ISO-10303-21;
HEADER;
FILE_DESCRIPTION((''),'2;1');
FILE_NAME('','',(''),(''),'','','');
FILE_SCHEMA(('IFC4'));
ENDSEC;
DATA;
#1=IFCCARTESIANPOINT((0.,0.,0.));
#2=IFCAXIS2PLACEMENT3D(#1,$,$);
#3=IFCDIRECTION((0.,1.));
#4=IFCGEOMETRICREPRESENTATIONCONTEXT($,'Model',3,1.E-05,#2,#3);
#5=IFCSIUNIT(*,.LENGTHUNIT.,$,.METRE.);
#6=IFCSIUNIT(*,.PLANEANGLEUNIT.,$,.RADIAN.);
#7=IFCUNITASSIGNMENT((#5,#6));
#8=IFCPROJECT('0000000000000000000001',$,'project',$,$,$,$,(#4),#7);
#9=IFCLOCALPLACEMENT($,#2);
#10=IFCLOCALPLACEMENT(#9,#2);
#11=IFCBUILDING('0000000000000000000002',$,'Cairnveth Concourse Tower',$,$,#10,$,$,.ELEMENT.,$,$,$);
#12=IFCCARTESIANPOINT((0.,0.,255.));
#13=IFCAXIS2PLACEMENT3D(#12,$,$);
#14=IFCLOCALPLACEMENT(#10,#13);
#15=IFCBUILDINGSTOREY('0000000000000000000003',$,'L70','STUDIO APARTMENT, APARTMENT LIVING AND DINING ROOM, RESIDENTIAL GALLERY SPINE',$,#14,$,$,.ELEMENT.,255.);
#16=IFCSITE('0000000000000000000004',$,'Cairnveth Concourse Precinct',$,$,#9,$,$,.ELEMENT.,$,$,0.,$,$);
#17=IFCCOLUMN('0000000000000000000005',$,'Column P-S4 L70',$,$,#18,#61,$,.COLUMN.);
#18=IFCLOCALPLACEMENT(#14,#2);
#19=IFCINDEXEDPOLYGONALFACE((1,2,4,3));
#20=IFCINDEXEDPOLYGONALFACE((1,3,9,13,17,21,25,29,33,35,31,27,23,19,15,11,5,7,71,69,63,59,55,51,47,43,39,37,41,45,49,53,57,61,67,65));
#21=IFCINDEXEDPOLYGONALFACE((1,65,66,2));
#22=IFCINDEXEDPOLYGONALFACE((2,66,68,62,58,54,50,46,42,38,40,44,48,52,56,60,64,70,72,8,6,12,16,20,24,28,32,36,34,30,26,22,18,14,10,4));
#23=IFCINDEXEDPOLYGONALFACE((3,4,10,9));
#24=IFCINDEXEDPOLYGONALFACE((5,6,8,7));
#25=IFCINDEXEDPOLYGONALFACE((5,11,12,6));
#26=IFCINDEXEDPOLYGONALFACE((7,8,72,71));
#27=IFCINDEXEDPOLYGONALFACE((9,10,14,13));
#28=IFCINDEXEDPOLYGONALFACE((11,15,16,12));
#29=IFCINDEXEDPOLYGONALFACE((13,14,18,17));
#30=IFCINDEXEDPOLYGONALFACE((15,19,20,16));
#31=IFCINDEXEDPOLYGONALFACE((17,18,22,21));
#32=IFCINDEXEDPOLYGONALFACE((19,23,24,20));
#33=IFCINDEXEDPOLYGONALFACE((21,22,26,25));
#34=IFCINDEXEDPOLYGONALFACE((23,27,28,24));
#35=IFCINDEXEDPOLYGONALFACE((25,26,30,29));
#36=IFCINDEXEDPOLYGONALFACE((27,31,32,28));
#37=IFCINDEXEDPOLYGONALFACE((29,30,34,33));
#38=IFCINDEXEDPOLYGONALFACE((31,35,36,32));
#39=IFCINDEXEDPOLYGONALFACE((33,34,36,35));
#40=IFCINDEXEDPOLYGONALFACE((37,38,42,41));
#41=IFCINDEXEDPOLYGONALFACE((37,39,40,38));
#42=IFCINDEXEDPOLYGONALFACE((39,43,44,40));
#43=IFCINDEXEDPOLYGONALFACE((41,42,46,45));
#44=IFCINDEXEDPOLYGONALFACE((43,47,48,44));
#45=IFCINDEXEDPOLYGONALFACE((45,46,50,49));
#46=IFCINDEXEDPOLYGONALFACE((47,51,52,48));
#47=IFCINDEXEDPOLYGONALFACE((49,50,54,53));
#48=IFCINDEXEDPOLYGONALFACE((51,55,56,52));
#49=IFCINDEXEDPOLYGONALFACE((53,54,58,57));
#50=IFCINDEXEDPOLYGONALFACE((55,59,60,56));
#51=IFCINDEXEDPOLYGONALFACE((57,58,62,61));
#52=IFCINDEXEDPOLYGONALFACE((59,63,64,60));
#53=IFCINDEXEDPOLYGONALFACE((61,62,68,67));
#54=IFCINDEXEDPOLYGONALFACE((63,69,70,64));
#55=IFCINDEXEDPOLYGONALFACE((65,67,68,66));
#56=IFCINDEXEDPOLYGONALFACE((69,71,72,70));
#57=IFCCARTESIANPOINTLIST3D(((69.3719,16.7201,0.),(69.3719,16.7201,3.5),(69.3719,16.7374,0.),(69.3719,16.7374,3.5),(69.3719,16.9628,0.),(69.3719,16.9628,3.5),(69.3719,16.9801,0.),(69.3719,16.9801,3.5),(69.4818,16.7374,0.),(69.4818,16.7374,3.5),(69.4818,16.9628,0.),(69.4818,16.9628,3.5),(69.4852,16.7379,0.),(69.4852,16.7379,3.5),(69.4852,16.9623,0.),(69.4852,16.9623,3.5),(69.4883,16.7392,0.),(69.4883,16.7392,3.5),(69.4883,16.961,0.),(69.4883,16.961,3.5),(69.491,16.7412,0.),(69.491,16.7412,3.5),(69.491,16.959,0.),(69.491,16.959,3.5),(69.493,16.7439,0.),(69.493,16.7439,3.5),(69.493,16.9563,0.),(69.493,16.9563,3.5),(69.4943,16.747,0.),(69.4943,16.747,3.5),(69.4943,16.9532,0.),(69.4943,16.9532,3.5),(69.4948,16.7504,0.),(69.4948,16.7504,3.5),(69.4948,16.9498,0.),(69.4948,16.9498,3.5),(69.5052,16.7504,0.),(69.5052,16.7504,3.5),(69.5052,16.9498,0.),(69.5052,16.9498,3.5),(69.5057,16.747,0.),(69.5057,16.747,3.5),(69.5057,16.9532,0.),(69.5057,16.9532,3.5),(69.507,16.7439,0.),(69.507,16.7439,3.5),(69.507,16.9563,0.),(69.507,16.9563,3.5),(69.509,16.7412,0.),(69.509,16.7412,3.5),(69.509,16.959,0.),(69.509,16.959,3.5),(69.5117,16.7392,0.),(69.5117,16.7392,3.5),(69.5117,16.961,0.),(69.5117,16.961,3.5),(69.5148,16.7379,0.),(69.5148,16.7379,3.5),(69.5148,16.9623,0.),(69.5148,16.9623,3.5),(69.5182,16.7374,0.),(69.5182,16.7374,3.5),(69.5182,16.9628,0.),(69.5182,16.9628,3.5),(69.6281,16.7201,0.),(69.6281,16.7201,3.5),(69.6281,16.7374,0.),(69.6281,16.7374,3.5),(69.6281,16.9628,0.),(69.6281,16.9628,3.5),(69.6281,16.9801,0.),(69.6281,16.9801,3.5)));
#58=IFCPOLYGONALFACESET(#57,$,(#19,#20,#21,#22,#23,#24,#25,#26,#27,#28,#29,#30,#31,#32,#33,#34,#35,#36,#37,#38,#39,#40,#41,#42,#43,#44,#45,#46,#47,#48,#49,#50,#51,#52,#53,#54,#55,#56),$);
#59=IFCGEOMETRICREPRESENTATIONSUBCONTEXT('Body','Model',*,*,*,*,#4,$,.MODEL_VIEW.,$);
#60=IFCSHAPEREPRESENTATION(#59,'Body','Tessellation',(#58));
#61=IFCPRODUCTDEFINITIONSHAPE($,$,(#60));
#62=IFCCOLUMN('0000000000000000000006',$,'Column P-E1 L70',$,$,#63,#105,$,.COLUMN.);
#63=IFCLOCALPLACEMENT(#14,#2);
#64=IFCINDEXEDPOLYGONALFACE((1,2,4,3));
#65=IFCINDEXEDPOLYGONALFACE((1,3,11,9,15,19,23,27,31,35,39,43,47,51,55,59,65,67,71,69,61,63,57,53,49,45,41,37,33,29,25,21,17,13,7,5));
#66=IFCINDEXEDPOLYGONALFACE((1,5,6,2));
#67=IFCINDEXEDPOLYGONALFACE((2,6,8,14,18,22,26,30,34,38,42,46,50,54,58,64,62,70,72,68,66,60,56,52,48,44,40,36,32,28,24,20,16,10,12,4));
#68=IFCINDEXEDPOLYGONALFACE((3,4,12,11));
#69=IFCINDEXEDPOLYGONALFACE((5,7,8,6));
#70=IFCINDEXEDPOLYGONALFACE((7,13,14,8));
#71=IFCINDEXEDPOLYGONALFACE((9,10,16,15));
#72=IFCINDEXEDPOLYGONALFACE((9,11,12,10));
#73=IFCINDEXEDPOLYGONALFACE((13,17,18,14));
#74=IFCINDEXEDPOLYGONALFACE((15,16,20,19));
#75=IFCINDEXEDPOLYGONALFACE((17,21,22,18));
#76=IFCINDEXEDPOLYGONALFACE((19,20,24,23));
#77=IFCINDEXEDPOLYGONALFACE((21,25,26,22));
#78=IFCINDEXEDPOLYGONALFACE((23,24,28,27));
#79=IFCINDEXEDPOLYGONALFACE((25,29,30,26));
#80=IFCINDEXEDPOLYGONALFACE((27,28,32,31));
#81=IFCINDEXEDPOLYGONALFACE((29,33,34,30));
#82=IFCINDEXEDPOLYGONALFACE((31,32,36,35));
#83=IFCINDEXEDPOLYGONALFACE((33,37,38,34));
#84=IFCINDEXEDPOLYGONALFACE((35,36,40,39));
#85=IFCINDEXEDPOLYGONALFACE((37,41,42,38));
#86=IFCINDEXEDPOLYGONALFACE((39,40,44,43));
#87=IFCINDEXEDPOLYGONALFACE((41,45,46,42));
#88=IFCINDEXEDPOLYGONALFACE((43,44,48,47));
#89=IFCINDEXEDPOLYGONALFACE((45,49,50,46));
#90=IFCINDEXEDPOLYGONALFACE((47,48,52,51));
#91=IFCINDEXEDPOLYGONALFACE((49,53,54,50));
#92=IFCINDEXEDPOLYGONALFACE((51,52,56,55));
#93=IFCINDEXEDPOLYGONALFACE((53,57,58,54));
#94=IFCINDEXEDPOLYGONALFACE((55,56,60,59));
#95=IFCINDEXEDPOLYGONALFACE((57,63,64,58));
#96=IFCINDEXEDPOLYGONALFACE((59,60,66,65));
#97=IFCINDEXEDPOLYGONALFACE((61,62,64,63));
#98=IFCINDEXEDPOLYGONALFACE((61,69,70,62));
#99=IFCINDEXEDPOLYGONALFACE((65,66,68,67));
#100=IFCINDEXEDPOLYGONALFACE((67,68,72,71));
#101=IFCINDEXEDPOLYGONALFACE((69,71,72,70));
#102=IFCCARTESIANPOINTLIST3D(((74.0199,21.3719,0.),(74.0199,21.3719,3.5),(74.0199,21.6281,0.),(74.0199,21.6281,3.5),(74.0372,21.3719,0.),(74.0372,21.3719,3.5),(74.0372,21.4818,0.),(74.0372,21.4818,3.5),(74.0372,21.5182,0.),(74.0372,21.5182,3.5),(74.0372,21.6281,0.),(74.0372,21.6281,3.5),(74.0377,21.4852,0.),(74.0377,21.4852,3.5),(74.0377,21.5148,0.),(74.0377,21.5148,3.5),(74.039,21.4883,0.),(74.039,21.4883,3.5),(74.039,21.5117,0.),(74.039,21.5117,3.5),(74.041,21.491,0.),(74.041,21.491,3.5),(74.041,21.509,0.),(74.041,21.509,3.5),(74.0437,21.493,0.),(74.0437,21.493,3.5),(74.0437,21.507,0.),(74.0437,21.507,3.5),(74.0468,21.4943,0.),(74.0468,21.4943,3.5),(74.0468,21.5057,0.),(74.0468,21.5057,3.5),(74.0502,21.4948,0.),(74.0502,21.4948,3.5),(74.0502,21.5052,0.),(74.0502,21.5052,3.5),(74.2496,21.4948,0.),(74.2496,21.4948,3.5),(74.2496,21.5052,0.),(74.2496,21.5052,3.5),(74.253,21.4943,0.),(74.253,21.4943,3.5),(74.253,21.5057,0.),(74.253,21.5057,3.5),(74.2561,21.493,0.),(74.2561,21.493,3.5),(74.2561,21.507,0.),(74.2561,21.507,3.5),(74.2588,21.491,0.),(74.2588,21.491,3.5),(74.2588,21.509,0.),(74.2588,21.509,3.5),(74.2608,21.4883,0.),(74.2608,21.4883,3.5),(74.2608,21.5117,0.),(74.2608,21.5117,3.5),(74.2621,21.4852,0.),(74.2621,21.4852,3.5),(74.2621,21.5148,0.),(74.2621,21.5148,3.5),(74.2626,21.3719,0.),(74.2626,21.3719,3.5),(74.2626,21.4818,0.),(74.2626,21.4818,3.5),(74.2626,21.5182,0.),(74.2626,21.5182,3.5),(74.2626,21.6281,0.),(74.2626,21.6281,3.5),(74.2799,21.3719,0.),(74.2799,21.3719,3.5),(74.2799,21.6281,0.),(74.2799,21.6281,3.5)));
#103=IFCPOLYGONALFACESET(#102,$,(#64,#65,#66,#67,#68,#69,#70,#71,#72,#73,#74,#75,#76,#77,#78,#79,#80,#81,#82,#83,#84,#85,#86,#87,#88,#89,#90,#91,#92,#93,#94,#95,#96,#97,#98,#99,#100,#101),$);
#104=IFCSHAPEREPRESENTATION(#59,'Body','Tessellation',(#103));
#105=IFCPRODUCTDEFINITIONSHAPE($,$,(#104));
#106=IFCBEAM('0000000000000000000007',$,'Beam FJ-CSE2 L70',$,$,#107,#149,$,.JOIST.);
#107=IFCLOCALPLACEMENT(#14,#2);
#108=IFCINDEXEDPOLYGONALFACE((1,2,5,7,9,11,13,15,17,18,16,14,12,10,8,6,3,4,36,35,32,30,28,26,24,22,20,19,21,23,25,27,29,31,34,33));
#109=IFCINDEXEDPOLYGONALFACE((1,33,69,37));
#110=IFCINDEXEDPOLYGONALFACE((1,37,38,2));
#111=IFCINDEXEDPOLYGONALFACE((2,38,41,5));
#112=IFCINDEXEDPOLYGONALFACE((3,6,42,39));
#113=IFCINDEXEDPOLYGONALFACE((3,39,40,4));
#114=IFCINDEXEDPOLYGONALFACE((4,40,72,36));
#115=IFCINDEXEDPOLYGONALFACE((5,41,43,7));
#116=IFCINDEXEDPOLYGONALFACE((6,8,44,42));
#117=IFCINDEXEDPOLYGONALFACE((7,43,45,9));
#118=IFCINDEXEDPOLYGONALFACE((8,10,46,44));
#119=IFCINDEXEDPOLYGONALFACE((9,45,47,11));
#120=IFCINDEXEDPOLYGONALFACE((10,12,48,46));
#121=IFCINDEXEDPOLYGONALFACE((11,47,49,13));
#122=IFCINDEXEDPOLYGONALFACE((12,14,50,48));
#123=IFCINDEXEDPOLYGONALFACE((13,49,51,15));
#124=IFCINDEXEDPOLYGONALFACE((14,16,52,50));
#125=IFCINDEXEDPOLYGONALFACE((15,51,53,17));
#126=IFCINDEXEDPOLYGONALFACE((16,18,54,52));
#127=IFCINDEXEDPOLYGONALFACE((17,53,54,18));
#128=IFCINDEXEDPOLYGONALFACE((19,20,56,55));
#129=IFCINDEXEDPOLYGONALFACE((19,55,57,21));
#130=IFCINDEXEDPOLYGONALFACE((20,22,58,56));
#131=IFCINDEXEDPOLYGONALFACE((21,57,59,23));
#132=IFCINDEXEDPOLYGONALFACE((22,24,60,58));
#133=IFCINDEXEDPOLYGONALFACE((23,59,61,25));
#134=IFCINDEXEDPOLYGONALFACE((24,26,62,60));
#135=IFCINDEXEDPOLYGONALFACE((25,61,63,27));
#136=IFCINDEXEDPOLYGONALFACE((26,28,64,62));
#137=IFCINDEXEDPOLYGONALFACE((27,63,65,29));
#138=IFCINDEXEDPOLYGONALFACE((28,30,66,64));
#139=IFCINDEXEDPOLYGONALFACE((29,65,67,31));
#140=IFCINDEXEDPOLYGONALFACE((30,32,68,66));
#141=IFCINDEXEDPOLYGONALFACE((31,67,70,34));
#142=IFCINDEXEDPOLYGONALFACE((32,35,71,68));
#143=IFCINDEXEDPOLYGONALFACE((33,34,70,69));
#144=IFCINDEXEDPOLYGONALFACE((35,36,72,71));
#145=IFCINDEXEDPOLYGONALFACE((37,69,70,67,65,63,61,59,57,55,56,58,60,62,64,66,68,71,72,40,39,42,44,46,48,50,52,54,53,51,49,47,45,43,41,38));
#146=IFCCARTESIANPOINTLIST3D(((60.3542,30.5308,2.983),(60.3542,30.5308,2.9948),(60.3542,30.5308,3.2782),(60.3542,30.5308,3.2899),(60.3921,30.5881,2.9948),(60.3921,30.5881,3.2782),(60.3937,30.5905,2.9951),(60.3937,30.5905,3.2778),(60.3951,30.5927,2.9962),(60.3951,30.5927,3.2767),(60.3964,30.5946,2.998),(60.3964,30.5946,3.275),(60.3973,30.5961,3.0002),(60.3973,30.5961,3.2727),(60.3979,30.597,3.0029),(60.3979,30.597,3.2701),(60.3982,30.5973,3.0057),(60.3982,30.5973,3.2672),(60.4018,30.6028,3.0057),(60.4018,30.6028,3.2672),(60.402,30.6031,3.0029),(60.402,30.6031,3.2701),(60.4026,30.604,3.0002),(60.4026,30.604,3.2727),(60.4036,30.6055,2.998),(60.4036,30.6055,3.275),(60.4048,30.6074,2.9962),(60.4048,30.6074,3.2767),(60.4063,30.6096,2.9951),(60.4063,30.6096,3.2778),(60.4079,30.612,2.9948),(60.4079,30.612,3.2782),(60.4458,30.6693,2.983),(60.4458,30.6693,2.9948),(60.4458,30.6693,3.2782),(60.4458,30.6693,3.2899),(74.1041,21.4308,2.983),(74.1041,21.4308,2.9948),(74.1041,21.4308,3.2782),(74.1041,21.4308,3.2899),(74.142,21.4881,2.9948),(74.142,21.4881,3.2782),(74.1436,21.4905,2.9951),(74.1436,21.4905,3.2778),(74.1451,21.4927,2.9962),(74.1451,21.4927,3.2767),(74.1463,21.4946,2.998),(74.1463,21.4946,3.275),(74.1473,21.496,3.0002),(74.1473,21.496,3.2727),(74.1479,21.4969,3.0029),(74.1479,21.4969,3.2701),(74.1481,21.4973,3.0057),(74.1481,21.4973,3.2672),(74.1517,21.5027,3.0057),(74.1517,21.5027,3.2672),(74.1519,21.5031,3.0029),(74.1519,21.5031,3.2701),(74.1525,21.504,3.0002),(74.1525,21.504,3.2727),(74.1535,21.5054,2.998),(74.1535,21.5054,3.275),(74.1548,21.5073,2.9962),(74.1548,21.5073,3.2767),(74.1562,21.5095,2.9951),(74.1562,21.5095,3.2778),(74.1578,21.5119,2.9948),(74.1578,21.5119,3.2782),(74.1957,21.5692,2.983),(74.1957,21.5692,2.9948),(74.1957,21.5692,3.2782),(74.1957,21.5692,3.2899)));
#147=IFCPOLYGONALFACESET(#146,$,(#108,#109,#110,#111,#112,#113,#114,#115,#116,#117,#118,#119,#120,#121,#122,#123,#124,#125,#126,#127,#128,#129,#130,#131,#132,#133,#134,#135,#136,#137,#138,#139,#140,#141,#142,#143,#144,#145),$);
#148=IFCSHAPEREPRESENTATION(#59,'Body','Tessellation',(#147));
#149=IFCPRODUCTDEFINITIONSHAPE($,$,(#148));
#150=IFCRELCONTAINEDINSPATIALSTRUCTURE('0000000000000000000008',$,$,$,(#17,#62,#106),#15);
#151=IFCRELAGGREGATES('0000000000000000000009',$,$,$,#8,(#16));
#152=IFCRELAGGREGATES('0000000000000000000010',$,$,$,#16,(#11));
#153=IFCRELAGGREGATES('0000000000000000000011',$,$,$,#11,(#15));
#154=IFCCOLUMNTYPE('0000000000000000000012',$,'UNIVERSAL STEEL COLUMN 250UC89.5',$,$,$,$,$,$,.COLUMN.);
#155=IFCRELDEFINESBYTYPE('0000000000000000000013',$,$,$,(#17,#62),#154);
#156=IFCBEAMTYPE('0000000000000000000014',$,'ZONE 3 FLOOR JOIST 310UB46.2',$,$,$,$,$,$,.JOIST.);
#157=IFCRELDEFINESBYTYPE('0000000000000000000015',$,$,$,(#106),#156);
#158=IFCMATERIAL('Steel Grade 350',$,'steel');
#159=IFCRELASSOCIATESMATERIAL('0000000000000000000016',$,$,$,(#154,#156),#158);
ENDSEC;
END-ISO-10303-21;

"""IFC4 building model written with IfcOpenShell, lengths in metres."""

from ifc_helpers import new_model, si_unit, direction, frame, origin, origin_2d, place, context, subcontext, project, spatial, i_section, extrude, material, material_profile, profile_set, type_object, element, save


model = new_model("IFC4")

# Units and contexts
model_context = context("Model", 3, precision=1e-05, world=origin(), true_north=direction((0.0, 1.0)))
body_context = subcontext(model_context, "Body", "Model", "MODEL_VIEW")
ifc_project = project(units=[si_unit("LENGTHUNIT", "METRE"), si_unit("PLANEANGLEUNIT", "RADIAN")], contexts=[model_context])

# Site, building, storey
site_placement = place(None, origin())
site = spatial("IfcSite", under=ifc_project, at=site_placement, Name="Cairnveth Concourse Precinct", CompositionType="ELEMENT", RefElevation=0.0)
building_placement = place(site_placement, origin())
building = spatial("IfcBuilding", under=site, at=building_placement, Name="Cairnveth Concourse Tower", CompositionType="ELEMENT")
storey_placement = place(building_placement, frame((0.0, 0.0, 255.0)))
storey = spatial("IfcBuildingStorey", under=building, at=storey_placement, Name="L70", Description="STUDIO APARTMENT, APARTMENT LIVING AND DINING ROOM, RESIDENTIAL GALLERY SPINE", CompositionType="ELEMENT", Elevation=255.0)

# Columns
ifc_material_1 = material(Name="Steel Grade 350", Category="steel")
ifc_material_profile_1 = material_profile(ifc_material_1, i_section(OverallWidth=0.2561, OverallDepth=0.26, WebThickness=0.0105, FlangeThickness=0.0173, FilletRadius=0.0129, at=origin_2d()), Name="250UC89.5")
ifc_profile_set_1 = profile_set([ifc_material_profile_1], Name="Steel Grade 350")
column_type = type_object("IfcColumnType", Name="UNIVERSAL STEEL COLUMN 250UC89.5", PredefinedType="COLUMN", material=ifc_profile_set_1)
for number, where, z_axis, x_axis, name in (
    (1, (69.5, 16.8501, 0.0), (0.0, 0.0, 1.0), (1.0, 0.0, 0.0), "Column P-S4 L70"),
    (2, (74.1499, 21.5, 0.0), (0.0, 0.0, 1.0), (0.0, 1.0, 0.0), "Column P-E1 L70"),
):
    element("IfcColumn", number, at=place(storey_placement, frame(where, z_axis=z_axis, x_axis=x_axis)), inside=storey, type_object=column_type, Name=name, PredefinedType="COLUMN", context=body_context, shape_type="SweptSolid", body=[
        extrude(i_section(OverallWidth=0.2561, OverallDepth=0.26, WebThickness=0.0105, FlangeThickness=0.0173, FilletRadius=0.0129, at=origin_2d()), origin(), (0.0, 0.0, 1.0), 3.5),
    ])

# Beam
ifc_material_profile_2 = material_profile(ifc_material_1, i_section(OverallWidth=0.166, OverallDepth=0.3069, WebThickness=0.0066, FlangeThickness=0.0117, FilletRadius=0.011, at=origin_2d()), Name="310UB46.2")
ifc_profile_set_2 = profile_set([ifc_material_profile_2], Name="Steel Grade 350")
beam_type_1 = type_object("IfcBeamType", Name="ZONE 3 FLOOR JOIST 310UB46.2", PredefinedType="JOIST", material=ifc_profile_set_2)
beam_1_placement = place(storey_placement, frame((74.1499, 21.5, 3.1365), z_axis=(-0.833909, 0.551902, 0.0), x_axis=(-0.551902, -0.833909, 0.0)))
element("IfcBeam", 3, at=beam_1_placement, inside=storey, type_object=beam_type_1, Name="Beam FJ-CSE2 L70", PredefinedType="JOIST", context=body_context, shape_type="SweptSolid", body=[
    extrude(i_section(OverallWidth=0.166, OverallDepth=0.3069, WebThickness=0.0066, FlangeThickness=0.0117, FilletRadius=0.011, at=origin_2d()), origin(), (0.0, 0.0, 1.0), 16.4885),
])

save(model, "model.ifc")
